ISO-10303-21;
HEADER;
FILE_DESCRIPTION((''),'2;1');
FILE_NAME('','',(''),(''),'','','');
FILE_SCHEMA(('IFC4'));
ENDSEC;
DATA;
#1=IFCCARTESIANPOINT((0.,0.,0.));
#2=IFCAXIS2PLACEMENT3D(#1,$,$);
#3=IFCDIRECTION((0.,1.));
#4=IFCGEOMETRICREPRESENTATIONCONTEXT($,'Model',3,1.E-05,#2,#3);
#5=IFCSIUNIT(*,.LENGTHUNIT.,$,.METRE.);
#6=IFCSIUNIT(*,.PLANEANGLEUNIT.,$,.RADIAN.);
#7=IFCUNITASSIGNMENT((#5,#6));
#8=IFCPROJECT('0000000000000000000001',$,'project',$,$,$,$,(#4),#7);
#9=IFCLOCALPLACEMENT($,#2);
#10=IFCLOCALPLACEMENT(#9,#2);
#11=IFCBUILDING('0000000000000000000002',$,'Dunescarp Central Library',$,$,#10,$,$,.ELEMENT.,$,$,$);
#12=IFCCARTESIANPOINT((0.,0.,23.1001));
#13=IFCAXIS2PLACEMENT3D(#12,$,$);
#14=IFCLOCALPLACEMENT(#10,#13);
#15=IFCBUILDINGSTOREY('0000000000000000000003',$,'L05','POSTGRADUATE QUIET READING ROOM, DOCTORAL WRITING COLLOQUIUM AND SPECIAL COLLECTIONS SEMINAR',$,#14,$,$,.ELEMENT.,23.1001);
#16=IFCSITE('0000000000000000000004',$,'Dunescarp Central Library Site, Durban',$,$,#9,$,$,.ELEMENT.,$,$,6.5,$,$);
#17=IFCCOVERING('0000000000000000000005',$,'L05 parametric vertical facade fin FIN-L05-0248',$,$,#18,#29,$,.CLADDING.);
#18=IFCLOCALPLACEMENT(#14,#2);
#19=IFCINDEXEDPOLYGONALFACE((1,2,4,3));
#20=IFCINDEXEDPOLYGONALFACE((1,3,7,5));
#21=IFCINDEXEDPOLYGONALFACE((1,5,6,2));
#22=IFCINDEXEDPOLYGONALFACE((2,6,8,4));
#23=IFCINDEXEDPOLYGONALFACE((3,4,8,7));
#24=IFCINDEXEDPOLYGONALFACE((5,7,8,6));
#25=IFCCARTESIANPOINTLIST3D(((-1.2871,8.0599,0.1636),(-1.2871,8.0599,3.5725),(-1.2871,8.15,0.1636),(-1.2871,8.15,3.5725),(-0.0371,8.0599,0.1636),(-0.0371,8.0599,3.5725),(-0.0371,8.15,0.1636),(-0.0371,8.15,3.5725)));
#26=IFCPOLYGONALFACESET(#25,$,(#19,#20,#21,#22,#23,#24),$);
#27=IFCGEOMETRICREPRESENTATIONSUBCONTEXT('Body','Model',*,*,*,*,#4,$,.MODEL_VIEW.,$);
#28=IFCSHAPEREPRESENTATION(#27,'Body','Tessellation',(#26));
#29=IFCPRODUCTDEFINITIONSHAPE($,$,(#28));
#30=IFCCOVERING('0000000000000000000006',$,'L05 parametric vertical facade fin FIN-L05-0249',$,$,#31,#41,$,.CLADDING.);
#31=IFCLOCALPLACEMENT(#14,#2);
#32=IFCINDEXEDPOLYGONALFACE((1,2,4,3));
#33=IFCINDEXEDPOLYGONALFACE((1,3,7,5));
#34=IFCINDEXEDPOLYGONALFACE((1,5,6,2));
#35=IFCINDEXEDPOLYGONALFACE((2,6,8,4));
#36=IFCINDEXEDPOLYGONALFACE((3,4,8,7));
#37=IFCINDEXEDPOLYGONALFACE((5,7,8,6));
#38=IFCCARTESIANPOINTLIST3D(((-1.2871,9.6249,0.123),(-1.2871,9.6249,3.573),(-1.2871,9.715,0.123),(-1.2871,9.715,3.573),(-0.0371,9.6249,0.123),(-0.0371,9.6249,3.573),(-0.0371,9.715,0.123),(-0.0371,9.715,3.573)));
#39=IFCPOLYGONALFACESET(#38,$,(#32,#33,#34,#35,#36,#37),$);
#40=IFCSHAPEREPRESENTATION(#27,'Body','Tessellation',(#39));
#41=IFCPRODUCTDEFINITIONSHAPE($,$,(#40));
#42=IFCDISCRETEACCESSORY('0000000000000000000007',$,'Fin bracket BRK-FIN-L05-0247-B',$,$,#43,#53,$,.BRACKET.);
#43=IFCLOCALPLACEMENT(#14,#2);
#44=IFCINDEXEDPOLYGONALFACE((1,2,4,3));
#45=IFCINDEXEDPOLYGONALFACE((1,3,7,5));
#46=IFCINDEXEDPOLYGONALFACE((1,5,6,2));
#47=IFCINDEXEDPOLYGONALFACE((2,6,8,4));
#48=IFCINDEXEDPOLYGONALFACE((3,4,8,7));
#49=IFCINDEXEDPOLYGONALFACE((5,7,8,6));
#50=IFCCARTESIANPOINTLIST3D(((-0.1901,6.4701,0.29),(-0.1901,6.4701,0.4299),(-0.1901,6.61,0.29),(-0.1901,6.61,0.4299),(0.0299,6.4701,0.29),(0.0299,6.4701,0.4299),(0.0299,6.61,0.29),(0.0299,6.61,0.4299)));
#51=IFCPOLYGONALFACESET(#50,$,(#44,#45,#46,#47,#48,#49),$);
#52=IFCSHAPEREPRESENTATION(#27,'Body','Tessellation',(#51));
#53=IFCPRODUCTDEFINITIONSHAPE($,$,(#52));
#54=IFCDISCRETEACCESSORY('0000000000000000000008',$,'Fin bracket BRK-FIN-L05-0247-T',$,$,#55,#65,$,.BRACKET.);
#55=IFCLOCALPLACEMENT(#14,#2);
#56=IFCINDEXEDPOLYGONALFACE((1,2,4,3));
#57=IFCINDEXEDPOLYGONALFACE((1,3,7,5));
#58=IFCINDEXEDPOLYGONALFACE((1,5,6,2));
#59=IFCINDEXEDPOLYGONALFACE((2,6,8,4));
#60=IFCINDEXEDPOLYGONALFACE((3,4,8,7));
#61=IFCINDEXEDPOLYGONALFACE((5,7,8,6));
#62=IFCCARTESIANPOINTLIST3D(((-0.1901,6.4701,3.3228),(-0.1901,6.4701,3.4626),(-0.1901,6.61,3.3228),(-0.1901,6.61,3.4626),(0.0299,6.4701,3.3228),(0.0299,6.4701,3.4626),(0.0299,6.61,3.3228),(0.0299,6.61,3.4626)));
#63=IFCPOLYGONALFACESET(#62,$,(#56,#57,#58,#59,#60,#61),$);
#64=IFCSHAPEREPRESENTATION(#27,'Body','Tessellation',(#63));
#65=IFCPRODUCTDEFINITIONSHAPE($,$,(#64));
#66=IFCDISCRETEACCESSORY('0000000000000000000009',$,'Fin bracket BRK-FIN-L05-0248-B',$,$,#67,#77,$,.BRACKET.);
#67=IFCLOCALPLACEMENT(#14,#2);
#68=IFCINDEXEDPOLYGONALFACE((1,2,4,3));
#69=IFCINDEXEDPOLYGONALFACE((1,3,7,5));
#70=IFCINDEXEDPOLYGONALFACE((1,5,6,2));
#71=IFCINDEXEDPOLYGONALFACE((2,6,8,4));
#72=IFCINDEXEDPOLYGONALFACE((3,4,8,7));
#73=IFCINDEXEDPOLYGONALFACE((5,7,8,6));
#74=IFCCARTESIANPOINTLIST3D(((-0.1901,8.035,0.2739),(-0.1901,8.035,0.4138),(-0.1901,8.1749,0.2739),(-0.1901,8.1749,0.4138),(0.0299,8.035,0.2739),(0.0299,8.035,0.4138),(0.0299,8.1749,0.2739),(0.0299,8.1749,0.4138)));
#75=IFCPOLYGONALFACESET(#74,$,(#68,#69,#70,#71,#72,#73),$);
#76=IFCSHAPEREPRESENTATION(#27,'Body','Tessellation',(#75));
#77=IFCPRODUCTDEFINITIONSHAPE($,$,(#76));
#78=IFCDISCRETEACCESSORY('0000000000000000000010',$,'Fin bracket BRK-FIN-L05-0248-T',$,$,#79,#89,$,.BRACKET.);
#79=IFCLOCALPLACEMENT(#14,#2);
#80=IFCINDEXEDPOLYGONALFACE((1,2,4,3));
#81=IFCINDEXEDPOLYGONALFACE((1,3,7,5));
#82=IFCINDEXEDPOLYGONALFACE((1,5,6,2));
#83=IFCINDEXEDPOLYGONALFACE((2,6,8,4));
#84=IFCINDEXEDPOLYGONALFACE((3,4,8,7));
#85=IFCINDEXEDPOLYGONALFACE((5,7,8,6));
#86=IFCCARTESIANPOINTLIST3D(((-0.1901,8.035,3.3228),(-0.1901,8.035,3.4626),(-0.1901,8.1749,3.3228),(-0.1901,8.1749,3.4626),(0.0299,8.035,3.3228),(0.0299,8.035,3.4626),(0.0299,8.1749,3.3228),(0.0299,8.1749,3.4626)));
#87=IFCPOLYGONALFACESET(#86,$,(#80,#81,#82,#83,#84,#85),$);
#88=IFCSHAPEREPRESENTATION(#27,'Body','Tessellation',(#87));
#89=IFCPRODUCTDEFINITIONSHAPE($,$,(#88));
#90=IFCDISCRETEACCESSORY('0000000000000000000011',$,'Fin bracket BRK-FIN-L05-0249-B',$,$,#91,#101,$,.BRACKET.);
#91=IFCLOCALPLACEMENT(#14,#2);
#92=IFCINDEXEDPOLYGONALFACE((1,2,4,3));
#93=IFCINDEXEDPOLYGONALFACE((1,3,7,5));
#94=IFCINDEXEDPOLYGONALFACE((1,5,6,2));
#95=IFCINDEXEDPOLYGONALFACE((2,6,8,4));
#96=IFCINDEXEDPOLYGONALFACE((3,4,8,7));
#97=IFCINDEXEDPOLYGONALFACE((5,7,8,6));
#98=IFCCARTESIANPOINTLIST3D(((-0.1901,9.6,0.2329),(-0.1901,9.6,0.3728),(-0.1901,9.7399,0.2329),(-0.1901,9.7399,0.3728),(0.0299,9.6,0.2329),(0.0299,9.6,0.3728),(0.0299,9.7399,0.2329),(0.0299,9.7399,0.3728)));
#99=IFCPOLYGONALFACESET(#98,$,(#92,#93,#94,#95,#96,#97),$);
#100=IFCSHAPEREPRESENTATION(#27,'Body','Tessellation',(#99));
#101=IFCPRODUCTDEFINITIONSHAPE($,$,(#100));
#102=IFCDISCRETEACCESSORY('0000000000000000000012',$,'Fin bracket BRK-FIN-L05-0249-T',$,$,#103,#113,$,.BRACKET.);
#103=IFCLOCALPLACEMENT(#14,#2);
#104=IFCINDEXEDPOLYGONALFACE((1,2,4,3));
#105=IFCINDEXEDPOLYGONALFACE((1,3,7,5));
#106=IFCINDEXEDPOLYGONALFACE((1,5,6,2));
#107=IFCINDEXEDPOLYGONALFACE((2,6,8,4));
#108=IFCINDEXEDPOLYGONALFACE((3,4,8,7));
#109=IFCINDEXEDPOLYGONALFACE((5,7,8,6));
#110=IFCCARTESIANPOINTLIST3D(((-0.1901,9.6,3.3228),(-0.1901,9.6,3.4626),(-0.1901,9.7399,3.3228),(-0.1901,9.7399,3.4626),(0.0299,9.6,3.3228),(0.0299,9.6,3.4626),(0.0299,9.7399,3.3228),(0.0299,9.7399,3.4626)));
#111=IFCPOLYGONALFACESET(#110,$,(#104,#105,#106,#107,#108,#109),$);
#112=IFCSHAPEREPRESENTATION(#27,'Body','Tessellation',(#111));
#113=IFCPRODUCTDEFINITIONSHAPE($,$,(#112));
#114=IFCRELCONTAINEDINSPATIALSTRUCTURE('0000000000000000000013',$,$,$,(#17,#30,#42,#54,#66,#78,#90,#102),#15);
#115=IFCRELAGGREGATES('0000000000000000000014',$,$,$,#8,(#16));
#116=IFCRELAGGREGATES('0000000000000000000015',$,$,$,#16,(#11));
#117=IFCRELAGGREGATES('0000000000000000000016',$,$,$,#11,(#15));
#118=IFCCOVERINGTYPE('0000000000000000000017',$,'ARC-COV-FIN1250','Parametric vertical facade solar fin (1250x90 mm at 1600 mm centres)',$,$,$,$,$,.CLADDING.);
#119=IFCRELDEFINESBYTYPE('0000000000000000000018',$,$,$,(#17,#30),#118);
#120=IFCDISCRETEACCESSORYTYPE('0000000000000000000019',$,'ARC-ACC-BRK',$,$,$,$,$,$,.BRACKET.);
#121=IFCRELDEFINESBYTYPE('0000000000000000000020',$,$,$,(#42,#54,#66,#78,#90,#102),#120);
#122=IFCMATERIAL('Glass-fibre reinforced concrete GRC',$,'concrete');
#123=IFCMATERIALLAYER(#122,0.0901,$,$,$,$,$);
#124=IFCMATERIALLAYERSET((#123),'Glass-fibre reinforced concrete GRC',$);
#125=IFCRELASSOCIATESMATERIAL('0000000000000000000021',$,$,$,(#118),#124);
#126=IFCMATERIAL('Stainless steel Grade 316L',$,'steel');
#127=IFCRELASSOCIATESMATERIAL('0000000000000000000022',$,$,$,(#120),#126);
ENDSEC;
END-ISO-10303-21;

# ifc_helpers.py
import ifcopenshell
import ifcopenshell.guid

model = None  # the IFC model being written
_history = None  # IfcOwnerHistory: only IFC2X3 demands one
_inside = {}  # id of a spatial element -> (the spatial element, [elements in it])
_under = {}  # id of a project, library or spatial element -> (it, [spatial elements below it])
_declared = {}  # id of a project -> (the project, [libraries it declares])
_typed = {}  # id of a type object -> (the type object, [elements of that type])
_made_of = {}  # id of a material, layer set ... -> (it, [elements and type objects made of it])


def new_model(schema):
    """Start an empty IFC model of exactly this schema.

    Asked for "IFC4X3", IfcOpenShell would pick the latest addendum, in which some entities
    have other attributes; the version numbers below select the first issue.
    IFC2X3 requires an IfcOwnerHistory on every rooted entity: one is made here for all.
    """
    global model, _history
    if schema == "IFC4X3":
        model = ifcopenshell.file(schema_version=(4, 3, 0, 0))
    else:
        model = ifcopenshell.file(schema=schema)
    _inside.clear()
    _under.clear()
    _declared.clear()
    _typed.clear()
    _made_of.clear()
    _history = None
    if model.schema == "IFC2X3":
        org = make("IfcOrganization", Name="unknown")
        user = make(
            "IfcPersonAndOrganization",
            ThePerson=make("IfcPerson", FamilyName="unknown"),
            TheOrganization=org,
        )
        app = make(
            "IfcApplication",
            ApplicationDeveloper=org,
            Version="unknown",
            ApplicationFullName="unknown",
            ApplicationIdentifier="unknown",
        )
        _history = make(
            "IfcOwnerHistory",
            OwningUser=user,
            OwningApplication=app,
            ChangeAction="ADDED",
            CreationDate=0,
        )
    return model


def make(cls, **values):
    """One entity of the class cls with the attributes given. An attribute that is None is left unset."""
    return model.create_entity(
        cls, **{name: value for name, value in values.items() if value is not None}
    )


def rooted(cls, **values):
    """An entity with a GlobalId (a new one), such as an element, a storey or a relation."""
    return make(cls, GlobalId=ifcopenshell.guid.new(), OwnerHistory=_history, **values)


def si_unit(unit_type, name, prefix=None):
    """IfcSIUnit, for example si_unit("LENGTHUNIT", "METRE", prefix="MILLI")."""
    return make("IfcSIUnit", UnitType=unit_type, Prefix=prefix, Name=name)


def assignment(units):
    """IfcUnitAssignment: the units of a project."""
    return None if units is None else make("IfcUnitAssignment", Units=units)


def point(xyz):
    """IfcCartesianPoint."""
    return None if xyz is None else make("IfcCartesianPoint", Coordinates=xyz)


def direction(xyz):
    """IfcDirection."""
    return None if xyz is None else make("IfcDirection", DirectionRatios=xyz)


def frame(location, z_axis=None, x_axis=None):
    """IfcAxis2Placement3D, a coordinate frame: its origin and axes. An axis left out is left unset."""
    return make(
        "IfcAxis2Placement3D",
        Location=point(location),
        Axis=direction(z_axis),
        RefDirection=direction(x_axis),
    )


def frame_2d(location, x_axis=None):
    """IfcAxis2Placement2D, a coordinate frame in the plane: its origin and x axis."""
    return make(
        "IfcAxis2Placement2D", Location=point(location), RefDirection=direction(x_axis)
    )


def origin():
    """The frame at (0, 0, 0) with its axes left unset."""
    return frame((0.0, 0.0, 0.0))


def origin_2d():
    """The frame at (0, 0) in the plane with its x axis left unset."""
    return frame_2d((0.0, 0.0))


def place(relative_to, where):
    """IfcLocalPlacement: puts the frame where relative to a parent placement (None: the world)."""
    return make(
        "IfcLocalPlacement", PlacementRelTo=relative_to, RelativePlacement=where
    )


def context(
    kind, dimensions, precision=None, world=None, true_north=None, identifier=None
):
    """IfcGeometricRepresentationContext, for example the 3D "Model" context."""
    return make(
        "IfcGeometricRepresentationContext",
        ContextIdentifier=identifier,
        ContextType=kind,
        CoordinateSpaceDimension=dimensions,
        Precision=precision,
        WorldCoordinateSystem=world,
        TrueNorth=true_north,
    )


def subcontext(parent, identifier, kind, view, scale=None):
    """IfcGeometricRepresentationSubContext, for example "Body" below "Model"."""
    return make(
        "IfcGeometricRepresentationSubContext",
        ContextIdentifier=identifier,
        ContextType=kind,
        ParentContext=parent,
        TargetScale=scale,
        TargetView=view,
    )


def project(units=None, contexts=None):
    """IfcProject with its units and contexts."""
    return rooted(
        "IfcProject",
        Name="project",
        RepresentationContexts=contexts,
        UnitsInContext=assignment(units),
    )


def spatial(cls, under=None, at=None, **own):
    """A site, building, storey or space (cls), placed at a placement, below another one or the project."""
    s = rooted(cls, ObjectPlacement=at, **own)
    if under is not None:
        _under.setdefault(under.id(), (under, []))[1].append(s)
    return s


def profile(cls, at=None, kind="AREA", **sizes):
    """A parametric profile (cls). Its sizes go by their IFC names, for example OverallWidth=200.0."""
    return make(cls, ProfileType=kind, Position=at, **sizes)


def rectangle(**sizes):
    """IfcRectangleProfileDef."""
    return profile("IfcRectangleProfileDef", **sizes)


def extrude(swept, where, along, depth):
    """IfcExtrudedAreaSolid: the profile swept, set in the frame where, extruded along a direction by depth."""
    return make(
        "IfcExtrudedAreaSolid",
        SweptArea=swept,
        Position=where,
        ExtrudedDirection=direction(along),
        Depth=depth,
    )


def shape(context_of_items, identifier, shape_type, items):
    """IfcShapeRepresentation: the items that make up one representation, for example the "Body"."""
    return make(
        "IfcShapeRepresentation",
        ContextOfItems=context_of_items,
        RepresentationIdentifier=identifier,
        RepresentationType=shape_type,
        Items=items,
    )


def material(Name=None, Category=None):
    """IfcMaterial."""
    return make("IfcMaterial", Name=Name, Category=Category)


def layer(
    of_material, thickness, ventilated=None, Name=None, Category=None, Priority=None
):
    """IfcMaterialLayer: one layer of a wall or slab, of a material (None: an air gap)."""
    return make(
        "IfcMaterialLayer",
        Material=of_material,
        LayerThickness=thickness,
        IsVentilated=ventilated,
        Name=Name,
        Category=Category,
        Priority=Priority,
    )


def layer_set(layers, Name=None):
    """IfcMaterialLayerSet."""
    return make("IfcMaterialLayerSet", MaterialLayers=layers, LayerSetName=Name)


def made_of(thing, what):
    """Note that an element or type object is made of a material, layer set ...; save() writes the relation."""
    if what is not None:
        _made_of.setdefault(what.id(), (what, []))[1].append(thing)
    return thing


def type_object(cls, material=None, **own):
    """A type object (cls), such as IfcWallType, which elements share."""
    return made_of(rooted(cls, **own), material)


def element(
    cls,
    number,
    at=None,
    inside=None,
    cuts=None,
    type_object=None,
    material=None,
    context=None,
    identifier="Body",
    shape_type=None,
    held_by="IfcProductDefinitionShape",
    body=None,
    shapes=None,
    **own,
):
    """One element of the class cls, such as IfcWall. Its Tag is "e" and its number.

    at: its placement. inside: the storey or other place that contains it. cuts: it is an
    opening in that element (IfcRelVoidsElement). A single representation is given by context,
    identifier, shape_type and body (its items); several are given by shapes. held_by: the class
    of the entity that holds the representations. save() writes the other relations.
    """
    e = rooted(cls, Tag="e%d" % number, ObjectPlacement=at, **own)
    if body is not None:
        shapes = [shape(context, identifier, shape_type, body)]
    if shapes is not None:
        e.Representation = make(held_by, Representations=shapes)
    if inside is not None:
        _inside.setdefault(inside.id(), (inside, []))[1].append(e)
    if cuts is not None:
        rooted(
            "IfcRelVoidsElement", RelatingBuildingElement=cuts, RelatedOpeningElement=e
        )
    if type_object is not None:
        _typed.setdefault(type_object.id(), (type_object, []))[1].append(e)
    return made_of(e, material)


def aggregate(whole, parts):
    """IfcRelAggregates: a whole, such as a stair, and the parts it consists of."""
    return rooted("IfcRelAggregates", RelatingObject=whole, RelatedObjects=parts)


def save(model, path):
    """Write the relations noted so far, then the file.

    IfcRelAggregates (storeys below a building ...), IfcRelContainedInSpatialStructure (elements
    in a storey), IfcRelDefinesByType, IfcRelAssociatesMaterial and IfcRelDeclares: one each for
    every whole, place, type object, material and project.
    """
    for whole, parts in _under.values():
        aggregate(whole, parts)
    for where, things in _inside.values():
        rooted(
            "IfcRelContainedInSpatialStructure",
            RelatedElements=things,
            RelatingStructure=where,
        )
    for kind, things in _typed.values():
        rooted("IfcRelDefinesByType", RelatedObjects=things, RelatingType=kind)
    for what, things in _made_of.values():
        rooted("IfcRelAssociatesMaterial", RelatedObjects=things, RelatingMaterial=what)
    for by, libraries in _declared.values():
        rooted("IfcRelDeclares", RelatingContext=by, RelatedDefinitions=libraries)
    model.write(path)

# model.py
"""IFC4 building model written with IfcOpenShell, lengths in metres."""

from ifc_helpers import new_model, si_unit, direction, frame, origin, origin_2d, place, context, subcontext, project, spatial, rectangle, extrude, material, layer, layer_set, type_object, element, save


model = new_model("IFC4")

# Units and contexts
model_context = context("Model", 3, precision=1e-05, world=origin(), true_north=direction((0.0, 1.0)))
body_context = subcontext(model_context, "Body", "Model", "MODEL_VIEW")
ifc_project = project(units=[si_unit("LENGTHUNIT", "METRE"), si_unit("PLANEANGLEUNIT", "RADIAN")], contexts=[model_context])

# Site, building, storey
site_placement = place(None, origin())
site = spatial("IfcSite", under=ifc_project, at=site_placement, Name="Dunescarp Central Library Site, Durban", CompositionType="ELEMENT", RefElevation=6.5)
building_placement = place(site_placement, origin())
building = spatial("IfcBuilding", under=site, at=building_placement, Name="Dunescarp Central Library", CompositionType="ELEMENT")
storey_placement = place(building_placement, frame((0.0, 0.0, 23.1001)))
storey = spatial("IfcBuildingStorey", under=building, at=storey_placement, Name="L05", Description="POSTGRADUATE QUIET READING ROOM, DOCTORAL WRITING COLLOQUIUM AND SPECIAL COLLECTIONS SEMINAR", CompositionType="ELEMENT", Elevation=23.1001)

# Coverings
ifc_material_1 = material(Name="Glass-fibre reinforced concrete GRC", Category="concrete")
ifc_layer_1 = layer(ifc_material_1, 0.0901)
ifc_layer_set_1 = layer_set([ifc_layer_1], Name="Glass-fibre reinforced concrete GRC")
covering_type = type_object("IfcCoveringType", Name="ARC-COV-FIN1250", Description="Parametric vertical facade solar fin (1250x90 mm at 1600 mm centres)", PredefinedType="CLADDING", material=ifc_layer_set_1)
covering_1_placement = place(storey_placement, frame((-0.6621, 8.105, 0.1636), z_axis=(0.0, 0.0, 1.0), x_axis=(-1.0, 0.0, 0.0)))
element("IfcCovering", 1, at=covering_1_placement, inside=storey, type_object=covering_type, Name="L05 parametric vertical facade fin FIN-L05-0248", PredefinedType="CLADDING", context=body_context, shape_type="SweptSolid", body=[
    extrude(rectangle(XDim=1.25, YDim=0.0901, at=origin_2d()), origin(), (0.0, 0.0, 1.0), 3.4089),
])
covering_2_placement = place(storey_placement, frame((-0.6621, 9.6699, 0.123), z_axis=(0.0, 0.0, 1.0), x_axis=(-1.0, 0.0, 0.0)))
element("IfcCovering", 2, at=covering_2_placement, inside=storey, type_object=covering_type, Name="L05 parametric vertical facade fin FIN-L05-0249", PredefinedType="CLADDING", context=body_context, shape_type="SweptSolid", body=[
    extrude(rectangle(XDim=1.25, YDim=0.0901, at=origin_2d()), origin(), (0.0, 0.0, 1.0), 3.45),
])

# Discrete accessories
ifc_material_2 = material(Name="Stainless steel Grade 316L", Category="steel")
discrete_accessory_type = type_object("IfcDiscreteAccessoryType", Name="ARC-ACC-BRK", PredefinedType="BRACKET", material=ifc_material_2)
for number, where, z_axis, x_axis, name in (
    (3, (-0.0801, 6.54, 0.29), (0.0, 0.0, 1.0), (-1.0, 0.0, 0.0), "Fin bracket BRK-FIN-L05-0247-B"),
    (4, (-0.0801, 6.54, 3.3228), (0.0, 0.0, 1.0), (-1.0, 0.0, 0.0), "Fin bracket BRK-FIN-L05-0247-T"),
    (5, (-0.0801, 8.105, 0.2739), (0.0, 0.0, 1.0), (-1.0, 0.0, 0.0), "Fin bracket BRK-FIN-L05-0248-B"),
    (6, (-0.0801, 8.105, 3.3228), (0.0, 0.0, 1.0), (-1.0, 0.0, 0.0), "Fin bracket BRK-FIN-L05-0248-T"),
    (7, (-0.0801, 9.6699, 0.2329), (0.0, 0.0, 1.0), (-1.0, 0.0, 0.0), "Fin bracket BRK-FIN-L05-0249-B"),
    (8, (-0.0801, 9.6699, 3.3228), (0.0, 0.0, 1.0), (-1.0, 0.0, 0.0), "Fin bracket BRK-FIN-L05-0249-T"),
):
    element("IfcDiscreteAccessory", number, at=place(storey_placement, frame(where, z_axis=z_axis, x_axis=x_axis)), inside=storey, type_object=discrete_accessory_type, Name=name, PredefinedType="BRACKET", context=body_context, shape_type="SweptSolid", body=[
        extrude(rectangle(XDim=0.22, YDim=0.1399, at=origin_2d()), origin(), (0.0, 0.0, 1.0), 0.1399),
    ])

save(model, "model.ifc")
